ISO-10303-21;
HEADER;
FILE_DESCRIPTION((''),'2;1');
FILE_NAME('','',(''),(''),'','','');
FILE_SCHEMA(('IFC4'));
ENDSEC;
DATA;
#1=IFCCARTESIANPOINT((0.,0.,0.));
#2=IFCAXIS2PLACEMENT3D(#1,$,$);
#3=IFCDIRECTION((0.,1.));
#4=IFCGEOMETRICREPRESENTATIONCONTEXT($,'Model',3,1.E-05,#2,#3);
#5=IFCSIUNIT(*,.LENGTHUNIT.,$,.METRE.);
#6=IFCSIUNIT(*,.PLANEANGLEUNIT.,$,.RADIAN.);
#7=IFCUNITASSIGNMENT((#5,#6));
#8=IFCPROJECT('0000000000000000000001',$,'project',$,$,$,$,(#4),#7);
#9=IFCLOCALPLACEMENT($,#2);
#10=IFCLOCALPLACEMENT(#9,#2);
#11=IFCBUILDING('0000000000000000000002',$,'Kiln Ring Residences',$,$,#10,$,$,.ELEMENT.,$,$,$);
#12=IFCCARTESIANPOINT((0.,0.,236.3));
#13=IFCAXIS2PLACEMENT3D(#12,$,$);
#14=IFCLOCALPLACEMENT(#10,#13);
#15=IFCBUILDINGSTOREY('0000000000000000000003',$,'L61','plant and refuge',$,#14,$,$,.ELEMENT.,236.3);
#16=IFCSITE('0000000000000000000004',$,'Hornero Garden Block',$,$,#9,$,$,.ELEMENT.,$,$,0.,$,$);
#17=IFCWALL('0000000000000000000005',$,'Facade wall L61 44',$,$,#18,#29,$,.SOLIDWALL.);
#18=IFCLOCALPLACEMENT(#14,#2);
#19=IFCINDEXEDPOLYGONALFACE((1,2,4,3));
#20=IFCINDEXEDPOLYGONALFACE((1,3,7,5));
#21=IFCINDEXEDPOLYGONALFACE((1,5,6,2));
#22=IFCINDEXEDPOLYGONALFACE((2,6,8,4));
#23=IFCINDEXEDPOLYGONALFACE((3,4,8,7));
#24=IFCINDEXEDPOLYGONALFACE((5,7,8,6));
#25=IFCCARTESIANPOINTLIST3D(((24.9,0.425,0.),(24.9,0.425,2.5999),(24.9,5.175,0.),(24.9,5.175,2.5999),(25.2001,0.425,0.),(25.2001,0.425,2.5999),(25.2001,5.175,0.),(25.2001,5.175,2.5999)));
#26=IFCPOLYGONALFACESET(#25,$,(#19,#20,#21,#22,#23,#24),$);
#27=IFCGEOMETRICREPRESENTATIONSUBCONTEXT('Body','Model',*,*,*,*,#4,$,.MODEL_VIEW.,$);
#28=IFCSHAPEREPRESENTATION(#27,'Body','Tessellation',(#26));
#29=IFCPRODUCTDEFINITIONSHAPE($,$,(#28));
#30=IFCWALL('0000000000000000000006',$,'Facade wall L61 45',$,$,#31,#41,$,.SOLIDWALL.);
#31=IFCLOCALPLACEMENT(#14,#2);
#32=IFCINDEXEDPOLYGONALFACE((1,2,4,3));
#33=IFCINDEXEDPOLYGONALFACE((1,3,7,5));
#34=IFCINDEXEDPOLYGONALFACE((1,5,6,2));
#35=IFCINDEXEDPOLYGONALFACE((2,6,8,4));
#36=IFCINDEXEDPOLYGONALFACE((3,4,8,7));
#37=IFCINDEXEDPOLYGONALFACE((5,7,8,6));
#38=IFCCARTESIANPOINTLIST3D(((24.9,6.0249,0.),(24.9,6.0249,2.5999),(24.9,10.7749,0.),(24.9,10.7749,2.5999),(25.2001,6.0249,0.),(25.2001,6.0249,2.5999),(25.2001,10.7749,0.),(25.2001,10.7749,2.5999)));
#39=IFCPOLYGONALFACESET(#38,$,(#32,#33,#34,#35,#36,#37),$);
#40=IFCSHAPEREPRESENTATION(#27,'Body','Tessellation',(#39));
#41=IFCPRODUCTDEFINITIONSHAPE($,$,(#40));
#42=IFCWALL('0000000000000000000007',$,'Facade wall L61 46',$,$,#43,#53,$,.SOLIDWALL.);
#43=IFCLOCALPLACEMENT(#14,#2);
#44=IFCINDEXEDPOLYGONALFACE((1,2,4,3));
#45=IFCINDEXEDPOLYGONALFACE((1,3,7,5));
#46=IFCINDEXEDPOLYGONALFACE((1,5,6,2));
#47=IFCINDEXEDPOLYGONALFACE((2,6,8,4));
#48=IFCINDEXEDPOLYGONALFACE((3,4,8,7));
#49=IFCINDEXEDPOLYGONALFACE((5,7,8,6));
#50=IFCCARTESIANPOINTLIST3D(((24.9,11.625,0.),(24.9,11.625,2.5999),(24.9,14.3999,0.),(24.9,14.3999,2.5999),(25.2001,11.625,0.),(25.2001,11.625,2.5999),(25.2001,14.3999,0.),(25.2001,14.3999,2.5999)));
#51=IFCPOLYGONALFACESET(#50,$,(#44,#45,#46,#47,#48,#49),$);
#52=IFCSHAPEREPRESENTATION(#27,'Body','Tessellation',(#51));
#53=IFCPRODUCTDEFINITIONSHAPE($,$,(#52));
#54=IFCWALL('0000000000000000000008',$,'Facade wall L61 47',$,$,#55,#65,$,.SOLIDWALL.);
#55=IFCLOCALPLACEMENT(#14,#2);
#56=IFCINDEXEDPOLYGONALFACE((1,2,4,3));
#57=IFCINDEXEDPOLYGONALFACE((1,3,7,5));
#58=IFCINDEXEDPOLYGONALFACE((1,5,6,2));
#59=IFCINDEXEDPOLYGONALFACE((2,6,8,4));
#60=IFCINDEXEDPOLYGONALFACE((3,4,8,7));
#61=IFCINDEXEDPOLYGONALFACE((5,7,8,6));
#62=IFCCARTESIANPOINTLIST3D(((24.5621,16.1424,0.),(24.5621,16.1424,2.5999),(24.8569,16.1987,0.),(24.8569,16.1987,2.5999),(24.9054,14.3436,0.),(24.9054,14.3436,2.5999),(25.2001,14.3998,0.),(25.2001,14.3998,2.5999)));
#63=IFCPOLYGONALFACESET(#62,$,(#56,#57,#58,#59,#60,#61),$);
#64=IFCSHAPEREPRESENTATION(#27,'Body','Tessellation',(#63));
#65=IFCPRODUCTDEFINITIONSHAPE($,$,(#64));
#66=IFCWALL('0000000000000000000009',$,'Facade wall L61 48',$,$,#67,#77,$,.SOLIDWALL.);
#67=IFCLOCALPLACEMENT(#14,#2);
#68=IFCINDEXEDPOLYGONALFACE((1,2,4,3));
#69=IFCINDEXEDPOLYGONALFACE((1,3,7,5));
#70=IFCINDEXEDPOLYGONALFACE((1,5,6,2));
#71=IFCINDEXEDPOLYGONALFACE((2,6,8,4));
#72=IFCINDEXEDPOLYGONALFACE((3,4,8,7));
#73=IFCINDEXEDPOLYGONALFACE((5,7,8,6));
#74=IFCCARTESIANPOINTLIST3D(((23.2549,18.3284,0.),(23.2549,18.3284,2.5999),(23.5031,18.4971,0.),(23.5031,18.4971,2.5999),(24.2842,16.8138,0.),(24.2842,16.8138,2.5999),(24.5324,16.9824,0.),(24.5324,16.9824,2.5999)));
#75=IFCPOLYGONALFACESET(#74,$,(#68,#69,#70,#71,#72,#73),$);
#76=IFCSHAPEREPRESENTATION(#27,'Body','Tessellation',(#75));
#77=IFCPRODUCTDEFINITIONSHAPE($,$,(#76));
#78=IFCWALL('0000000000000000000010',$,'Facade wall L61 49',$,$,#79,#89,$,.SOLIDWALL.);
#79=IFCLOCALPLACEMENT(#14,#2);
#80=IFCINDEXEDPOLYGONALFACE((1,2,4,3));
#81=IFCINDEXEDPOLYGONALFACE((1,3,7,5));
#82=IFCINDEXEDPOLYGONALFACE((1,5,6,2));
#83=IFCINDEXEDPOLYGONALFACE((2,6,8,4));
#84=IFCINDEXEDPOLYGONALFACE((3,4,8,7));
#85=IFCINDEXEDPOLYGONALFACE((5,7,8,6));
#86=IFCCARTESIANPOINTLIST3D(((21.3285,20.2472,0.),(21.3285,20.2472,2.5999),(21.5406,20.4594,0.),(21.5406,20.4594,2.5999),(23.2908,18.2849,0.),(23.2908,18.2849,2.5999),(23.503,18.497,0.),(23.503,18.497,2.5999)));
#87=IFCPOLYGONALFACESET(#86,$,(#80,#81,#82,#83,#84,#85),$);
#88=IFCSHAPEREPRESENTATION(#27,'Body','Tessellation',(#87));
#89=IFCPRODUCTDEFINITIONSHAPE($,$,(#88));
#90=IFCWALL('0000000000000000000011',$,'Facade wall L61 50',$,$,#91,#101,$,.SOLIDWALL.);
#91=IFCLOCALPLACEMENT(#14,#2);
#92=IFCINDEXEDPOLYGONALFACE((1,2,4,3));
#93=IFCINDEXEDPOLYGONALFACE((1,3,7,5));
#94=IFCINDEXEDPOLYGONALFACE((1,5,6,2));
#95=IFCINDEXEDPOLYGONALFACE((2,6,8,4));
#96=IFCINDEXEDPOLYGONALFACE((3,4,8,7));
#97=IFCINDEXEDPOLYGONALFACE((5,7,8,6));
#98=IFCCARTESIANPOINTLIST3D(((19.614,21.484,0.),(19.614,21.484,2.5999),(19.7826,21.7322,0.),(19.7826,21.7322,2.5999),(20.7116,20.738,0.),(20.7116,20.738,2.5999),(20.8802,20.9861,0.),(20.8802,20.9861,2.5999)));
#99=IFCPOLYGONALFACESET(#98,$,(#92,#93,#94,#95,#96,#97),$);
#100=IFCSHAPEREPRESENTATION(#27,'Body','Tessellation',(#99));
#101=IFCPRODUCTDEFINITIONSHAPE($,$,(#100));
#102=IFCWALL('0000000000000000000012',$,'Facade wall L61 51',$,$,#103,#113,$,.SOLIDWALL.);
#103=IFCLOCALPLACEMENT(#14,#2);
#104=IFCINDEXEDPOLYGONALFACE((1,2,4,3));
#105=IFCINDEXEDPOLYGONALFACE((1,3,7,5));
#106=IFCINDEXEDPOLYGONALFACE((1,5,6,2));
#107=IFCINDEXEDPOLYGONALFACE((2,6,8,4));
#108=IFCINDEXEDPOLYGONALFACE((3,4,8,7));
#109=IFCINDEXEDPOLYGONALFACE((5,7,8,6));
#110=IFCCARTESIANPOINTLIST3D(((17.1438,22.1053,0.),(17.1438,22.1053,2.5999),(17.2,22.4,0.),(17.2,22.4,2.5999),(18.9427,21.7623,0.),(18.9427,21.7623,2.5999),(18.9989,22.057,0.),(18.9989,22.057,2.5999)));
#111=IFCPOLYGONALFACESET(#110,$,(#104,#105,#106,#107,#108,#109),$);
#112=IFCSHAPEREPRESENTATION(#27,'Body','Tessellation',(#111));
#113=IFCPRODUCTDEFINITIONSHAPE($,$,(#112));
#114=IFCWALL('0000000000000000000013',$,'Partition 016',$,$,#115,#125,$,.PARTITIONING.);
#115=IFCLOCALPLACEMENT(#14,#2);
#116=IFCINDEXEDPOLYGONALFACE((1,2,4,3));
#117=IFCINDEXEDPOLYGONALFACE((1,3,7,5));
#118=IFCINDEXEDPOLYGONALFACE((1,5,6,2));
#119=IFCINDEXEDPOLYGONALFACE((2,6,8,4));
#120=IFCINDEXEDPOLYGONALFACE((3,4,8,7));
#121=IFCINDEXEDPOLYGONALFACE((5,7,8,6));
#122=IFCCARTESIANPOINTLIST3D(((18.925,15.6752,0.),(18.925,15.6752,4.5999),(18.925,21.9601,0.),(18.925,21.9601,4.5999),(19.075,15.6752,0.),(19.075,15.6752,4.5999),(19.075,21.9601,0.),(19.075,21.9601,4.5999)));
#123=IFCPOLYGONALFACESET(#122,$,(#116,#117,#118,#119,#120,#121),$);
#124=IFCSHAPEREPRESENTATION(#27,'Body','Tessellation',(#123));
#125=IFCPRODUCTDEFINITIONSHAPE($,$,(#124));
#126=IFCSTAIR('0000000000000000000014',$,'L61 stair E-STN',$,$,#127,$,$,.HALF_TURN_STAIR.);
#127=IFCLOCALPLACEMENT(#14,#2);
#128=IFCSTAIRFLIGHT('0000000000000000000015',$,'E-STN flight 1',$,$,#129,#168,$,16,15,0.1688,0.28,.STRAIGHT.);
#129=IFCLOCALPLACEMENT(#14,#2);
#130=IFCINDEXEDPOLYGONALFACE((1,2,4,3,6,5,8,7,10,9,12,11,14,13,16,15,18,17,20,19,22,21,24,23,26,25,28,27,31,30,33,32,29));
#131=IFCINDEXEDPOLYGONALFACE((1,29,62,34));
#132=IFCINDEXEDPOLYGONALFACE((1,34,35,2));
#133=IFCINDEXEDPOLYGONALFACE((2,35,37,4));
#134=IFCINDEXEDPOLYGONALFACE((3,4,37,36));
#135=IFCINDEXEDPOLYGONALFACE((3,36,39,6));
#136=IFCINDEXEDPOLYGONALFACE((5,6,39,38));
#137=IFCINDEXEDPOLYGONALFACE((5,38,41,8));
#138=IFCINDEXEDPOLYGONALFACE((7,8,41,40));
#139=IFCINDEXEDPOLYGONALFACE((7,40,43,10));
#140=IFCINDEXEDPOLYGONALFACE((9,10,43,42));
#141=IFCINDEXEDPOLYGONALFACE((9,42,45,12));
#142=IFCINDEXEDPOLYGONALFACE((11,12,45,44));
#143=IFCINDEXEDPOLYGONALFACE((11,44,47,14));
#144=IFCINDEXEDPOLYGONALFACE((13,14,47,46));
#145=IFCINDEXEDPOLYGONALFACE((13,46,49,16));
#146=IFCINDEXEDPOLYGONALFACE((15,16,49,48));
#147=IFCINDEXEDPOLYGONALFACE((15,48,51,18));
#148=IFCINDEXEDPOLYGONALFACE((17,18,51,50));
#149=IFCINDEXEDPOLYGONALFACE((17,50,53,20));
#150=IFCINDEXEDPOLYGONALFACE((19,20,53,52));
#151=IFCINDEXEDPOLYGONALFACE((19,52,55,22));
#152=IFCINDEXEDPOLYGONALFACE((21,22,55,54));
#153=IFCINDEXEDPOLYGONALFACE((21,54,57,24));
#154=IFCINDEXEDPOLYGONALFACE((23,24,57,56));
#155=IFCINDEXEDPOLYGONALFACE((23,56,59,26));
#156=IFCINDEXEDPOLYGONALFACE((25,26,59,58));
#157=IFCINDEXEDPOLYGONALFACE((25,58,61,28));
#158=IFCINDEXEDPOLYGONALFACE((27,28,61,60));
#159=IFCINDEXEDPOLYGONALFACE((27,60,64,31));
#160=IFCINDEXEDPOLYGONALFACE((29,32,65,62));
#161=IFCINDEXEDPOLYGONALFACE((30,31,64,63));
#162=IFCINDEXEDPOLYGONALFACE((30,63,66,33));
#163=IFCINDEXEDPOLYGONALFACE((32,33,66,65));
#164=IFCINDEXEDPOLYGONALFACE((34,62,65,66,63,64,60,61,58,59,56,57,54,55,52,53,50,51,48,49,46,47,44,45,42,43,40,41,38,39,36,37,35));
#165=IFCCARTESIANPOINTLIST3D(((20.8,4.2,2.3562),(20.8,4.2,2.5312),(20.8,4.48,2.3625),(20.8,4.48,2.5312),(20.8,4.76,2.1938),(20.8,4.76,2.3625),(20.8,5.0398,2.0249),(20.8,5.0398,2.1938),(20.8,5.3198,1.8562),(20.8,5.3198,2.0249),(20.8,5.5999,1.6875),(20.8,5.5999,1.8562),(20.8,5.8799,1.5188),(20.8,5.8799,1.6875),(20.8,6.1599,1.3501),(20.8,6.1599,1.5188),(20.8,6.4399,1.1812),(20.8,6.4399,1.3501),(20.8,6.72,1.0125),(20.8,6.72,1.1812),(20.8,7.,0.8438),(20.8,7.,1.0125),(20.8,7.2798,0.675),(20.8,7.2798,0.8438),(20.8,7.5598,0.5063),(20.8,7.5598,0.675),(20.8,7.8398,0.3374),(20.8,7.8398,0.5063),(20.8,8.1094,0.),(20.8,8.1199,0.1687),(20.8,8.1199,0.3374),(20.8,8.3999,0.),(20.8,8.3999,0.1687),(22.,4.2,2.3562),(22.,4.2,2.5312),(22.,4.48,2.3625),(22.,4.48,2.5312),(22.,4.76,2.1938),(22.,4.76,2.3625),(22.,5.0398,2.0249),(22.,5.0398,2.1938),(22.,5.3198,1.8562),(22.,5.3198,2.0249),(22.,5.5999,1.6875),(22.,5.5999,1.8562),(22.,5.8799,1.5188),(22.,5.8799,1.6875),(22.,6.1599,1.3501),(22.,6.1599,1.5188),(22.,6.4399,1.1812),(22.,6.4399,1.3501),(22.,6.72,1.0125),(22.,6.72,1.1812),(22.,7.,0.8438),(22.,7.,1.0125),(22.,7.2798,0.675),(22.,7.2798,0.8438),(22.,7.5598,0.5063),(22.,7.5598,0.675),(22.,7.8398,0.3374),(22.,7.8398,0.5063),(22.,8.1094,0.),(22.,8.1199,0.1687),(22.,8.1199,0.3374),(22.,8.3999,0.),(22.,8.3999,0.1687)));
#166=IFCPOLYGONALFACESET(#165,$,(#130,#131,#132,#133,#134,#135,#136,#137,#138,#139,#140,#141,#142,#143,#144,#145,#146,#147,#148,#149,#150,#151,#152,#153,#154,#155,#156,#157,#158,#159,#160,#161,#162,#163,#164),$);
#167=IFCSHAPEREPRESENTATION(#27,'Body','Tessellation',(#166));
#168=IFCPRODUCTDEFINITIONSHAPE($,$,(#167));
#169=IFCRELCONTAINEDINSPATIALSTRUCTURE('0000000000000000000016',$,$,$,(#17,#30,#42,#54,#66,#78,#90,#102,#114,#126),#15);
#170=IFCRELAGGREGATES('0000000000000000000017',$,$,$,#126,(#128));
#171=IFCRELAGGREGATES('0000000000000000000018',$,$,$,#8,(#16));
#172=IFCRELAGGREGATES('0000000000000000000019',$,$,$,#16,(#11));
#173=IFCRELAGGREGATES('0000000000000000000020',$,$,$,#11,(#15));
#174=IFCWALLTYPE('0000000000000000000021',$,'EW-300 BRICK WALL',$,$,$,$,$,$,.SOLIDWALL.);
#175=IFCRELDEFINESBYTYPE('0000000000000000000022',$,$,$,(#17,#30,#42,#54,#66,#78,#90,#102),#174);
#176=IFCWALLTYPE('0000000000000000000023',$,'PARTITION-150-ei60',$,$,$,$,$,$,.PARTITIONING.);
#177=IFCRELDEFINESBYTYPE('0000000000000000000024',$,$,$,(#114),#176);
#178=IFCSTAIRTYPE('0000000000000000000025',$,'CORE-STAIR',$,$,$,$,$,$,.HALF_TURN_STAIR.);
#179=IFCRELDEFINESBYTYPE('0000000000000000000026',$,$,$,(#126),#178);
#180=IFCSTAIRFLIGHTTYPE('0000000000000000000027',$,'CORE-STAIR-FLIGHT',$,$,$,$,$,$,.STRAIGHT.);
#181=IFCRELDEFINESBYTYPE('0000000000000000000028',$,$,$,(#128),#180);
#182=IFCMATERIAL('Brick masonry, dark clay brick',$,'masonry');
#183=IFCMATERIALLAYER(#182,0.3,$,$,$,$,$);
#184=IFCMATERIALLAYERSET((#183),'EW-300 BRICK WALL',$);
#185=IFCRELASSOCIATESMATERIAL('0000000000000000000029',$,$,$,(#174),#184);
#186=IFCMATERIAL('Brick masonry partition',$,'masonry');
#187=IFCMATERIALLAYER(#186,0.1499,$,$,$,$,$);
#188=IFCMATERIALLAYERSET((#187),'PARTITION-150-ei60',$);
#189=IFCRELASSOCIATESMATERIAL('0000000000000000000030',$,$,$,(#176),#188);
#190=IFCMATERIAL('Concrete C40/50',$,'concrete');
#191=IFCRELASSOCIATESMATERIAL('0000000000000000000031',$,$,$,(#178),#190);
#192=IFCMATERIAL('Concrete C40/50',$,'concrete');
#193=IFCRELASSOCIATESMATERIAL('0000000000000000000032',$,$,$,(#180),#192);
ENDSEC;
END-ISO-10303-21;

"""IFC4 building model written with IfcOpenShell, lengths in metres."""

from ifc_helpers import new_model, si_unit, direction, frame, frame_2d, origin, place, context, subcontext, project, spatial, polyline, rectangle, outline, extrude, material, layer, layer_set, type_object, element, aggregate, save


model = new_model("IFC4")

# Units and contexts
model_context = context("Model", 3, precision=1e-05, world=origin(), true_north=direction((0.0, 1.0)))
body_context = subcontext(model_context, "Body", "Model", "MODEL_VIEW")
ifc_project = project(units=[si_unit("LENGTHUNIT", "METRE"), si_unit("PLANEANGLEUNIT", "RADIAN")], contexts=[model_context])

# Site, building, storey
site_placement = place(None, origin())
site = spatial("IfcSite", under=ifc_project, at=site_placement, Name="Hornero Garden Block", CompositionType="ELEMENT", RefElevation=0.0)
building_placement = place(site_placement, origin())
building = spatial("IfcBuilding", under=site, at=building_placement, Name="Kiln Ring Residences", CompositionType="ELEMENT")
storey_placement = place(building_placement, frame((0.0, 0.0, 236.3)))
storey = spatial("IfcBuildingStorey", under=building, at=storey_placement, Name="L61", Description="plant and refuge", CompositionType="ELEMENT", Elevation=236.3)

# Walls
ifc_material_1 = material(Name="Brick masonry, dark clay brick", Category="masonry")
ifc_layer_1 = layer(ifc_material_1, 0.3)
ifc_layer_set_1 = layer_set([ifc_layer_1], Name="EW-300 BRICK WALL")
wall_type_1 = type_object("IfcWallType", Name="EW-300 BRICK WALL", PredefinedType="SOLIDWALL", material=ifc_layer_set_1)
for number, where, z_axis, x_axis, name in (
    (1, (25.05, 0.425, 0.0), (0.0, 0.0, 1.0), (0.0, 1.0, 0.0), "Facade wall L61 44"),
    (2, (25.05, 6.0249, 0.0), (0.0, 0.0, 1.0), (0.0, 1.0, 0.0), "Facade wall L61 45"),
):
    element("IfcWall", number, at=place(storey_placement, frame(where, z_axis=z_axis, x_axis=x_axis)), inside=storey, type_object=wall_type_1, Name=name, PredefinedType="SOLIDWALL", context=body_context, shape_type="SweptSolid", body=[
        extrude(rectangle(XDim=4.75, YDim=0.3, at=frame_2d((2.375, 0.0))), origin(), (0.0, 0.0, 1.0), 2.5999),
    ])
wall_1_placement = place(storey_placement, frame((25.05, 11.625, 0.0), z_axis=(0.0, 0.0, 1.0), x_axis=(0.0, 1.0, 0.0)))
element("IfcWall", 3, at=wall_1_placement, inside=storey, type_object=wall_type_1, Name="Facade wall L61 46", PredefinedType="SOLIDWALL", context=body_context, shape_type="SweptSolid", body=[
    extrude(rectangle(XDim=2.7749, YDim=0.3, at=frame_2d((1.3875, 0.0))), origin(), (0.0, 0.0, 1.0), 2.5999),
])
for number, where, z_axis, x_axis, name in (
    (4, (25.0527, 14.3718, 0.0), (0.0, 0.0, 1.0), (-0.187443, 0.982275, 0.0), "Facade wall L61 47"),
    (5, (24.4082, 16.8982, 0.0), (0.0, 0.0, 1.0), (-0.562062, 0.827095, 0.0), "Facade wall L61 48"),
):
    element("IfcWall", number, at=place(storey_placement, frame(where, z_axis=z_axis, x_axis=x_axis)), inside=storey, type_object=wall_type_1, Name=name, PredefinedType="SOLIDWALL", context=body_context, shape_type="SweptSolid", body=[
        extrude(rectangle(XDim=1.8313, YDim=0.3, at=frame_2d((0.9155, 0.0))), origin(), (0.0, 0.0, 1.0), 2.5999),
    ])
wall_2_placement = place(storey_placement, frame((23.397, 18.3909, 0.0), z_axis=(0.0, 0.0, 1.0), x_axis=(-0.707107, 0.707107, 0.0)))
element("IfcWall", 6, at=wall_2_placement, inside=storey, type_object=wall_type_1, Name="Facade wall L61 49", PredefinedType="SOLIDWALL", context=body_context, shape_type="SweptSolid", body=[
    extrude(rectangle(XDim=2.7751, YDim=0.3, at=frame_2d((1.3877, 0.0))), origin(), (0.0, 0.0, 1.0), 2.5999),
])
wall_3_placement = place(storey_placement, frame((20.7959, 20.8621, 0.0), z_axis=(0.0, 0.0, 1.0), x_axis=(-0.827036, 0.562149, 0.0)))
element("IfcWall", 7, at=wall_3_placement, inside=storey, type_object=wall_type_1, Name="Facade wall L61 50", PredefinedType="SOLIDWALL", context=body_context, shape_type="SweptSolid", body=[
    extrude(rectangle(XDim=1.3271, YDim=0.3, at=frame_2d((0.6636, 0.0))), origin(), (0.0, 0.0, 1.0), 2.5999),
])
wall_4_placement = place(storey_placement, frame((18.9707, 21.9097, 0.0), z_axis=(0.0, 0.0, 1.0), x_axis=(-0.9823, 0.187314, 0.0)))
element("IfcWall", 8, at=wall_4_placement, inside=storey, type_object=wall_type_1, Name="Facade wall L61 51", PredefinedType="SOLIDWALL", context=body_context, shape_type="SweptSolid", body=[
    extrude(rectangle(XDim=1.8313, YDim=0.3, at=frame_2d((0.9155, 0.0))), origin(), (0.0, 0.0, 1.0), 2.5999),
])
ifc_material_2 = material(Name="Brick masonry partition", Category="masonry")
ifc_layer_2 = layer(ifc_material_2, 0.1499)
ifc_layer_set_2 = layer_set([ifc_layer_2], Name="PARTITION-150-ei60")
wall_type_2 = type_object("IfcWallType", Name="PARTITION-150-ei60", PredefinedType="PARTITIONING", material=ifc_layer_set_2)
wall_5_placement = place(storey_placement, frame((19.0, 15.675, 0.0), z_axis=(0.0, 0.0, 1.0), x_axis=(0.0, 1.0, 0.0)))
element("IfcWall", 9, at=wall_5_placement, inside=storey, type_object=wall_type_2, Name="Partition 016", PredefinedType="PARTITIONING", context=body_context, shape_type="SweptSolid", body=[
    extrude(rectangle(XDim=6.2849, YDim=0.1499, at=frame_2d((3.1426, 0.0))), origin(), (0.0, 0.0, 1.0), 4.5999),
])

# Stair, stair flight
ifc_material_3 = material(Name="Concrete C40/50", Category="concrete")
stair_type = type_object("IfcStairType", Name="CORE-STAIR", PredefinedType="HALF_TURN_STAIR", material=ifc_material_3)
stair_placement = place(storey_placement, origin())
stair = element("IfcStair", 10, at=stair_placement, inside=storey, type_object=stair_type, Name="L61 stair E-STN", PredefinedType="HALF_TURN_STAIR")
ifc_material_4 = material(Name="Concrete C40/50", Category="concrete")
stair_flight_type = type_object("IfcStairFlightType", Name="CORE-STAIR-FLIGHT", PredefinedType="STRAIGHT", material=ifc_material_4)
stair_flight_1_placement = place(storey_placement, frame((21.3999, 8.3999, 0.0), z_axis=(0.0, 0.0, 1.0), x_axis=(0.0, -1.0, 0.0)))
stair_flight_1 = element("IfcStairFlight", 11, at=stair_flight_1_placement, type_object=stair_flight_type, Name="E-STN flight 1", NumberOfRisers=16, NumberOfTreads=15, PredefinedType="STRAIGHT", RiserHeight=0.1688, TreadLength=0.28, context=body_context, shape_type="SweptSolid", body=[
    extrude(outline(polyline([(0.0, 0.0), (0.0, 0.1687), (0.28, 0.1687), (0.28, 0.3374), (0.5601, 0.3374), (0.5601, 0.5063), (0.8401, 0.5063), (0.8401, 0.675), (1.1201, 0.675), (1.1201, 0.8438), (1.3999, 0.8438), (1.3999, 1.0125), (1.6799, 1.0125), (1.6799, 1.1812), (1.96, 1.1812), (1.96, 1.3501), (2.24, 1.3501), (2.24, 1.5188), (2.52, 1.5188), (2.52, 1.6875), (2.8, 1.6875), (2.8, 1.8562), (3.0801, 1.8562), (3.0801, 2.0249), (3.3601, 2.0249), (3.3601, 2.1938), (3.6399, 2.1938), (3.6399, 2.3625), (3.9199, 2.3625), (3.9199, 2.5312), (4.2, 2.5312), (4.2, 2.7), (4.2, 2.3562), (0.2905, 0.0), (0.0, 0.0)])), frame((0.0, 0.6001, 0.0), z_axis=(0.0, -1.0, 0.0), x_axis=(1.0, 0.0, 0.0)), (0.0, 0.0, 1.0), 1.2),
])
aggregate(stair, [stair_flight_1])

save(model, "model.ifc")
